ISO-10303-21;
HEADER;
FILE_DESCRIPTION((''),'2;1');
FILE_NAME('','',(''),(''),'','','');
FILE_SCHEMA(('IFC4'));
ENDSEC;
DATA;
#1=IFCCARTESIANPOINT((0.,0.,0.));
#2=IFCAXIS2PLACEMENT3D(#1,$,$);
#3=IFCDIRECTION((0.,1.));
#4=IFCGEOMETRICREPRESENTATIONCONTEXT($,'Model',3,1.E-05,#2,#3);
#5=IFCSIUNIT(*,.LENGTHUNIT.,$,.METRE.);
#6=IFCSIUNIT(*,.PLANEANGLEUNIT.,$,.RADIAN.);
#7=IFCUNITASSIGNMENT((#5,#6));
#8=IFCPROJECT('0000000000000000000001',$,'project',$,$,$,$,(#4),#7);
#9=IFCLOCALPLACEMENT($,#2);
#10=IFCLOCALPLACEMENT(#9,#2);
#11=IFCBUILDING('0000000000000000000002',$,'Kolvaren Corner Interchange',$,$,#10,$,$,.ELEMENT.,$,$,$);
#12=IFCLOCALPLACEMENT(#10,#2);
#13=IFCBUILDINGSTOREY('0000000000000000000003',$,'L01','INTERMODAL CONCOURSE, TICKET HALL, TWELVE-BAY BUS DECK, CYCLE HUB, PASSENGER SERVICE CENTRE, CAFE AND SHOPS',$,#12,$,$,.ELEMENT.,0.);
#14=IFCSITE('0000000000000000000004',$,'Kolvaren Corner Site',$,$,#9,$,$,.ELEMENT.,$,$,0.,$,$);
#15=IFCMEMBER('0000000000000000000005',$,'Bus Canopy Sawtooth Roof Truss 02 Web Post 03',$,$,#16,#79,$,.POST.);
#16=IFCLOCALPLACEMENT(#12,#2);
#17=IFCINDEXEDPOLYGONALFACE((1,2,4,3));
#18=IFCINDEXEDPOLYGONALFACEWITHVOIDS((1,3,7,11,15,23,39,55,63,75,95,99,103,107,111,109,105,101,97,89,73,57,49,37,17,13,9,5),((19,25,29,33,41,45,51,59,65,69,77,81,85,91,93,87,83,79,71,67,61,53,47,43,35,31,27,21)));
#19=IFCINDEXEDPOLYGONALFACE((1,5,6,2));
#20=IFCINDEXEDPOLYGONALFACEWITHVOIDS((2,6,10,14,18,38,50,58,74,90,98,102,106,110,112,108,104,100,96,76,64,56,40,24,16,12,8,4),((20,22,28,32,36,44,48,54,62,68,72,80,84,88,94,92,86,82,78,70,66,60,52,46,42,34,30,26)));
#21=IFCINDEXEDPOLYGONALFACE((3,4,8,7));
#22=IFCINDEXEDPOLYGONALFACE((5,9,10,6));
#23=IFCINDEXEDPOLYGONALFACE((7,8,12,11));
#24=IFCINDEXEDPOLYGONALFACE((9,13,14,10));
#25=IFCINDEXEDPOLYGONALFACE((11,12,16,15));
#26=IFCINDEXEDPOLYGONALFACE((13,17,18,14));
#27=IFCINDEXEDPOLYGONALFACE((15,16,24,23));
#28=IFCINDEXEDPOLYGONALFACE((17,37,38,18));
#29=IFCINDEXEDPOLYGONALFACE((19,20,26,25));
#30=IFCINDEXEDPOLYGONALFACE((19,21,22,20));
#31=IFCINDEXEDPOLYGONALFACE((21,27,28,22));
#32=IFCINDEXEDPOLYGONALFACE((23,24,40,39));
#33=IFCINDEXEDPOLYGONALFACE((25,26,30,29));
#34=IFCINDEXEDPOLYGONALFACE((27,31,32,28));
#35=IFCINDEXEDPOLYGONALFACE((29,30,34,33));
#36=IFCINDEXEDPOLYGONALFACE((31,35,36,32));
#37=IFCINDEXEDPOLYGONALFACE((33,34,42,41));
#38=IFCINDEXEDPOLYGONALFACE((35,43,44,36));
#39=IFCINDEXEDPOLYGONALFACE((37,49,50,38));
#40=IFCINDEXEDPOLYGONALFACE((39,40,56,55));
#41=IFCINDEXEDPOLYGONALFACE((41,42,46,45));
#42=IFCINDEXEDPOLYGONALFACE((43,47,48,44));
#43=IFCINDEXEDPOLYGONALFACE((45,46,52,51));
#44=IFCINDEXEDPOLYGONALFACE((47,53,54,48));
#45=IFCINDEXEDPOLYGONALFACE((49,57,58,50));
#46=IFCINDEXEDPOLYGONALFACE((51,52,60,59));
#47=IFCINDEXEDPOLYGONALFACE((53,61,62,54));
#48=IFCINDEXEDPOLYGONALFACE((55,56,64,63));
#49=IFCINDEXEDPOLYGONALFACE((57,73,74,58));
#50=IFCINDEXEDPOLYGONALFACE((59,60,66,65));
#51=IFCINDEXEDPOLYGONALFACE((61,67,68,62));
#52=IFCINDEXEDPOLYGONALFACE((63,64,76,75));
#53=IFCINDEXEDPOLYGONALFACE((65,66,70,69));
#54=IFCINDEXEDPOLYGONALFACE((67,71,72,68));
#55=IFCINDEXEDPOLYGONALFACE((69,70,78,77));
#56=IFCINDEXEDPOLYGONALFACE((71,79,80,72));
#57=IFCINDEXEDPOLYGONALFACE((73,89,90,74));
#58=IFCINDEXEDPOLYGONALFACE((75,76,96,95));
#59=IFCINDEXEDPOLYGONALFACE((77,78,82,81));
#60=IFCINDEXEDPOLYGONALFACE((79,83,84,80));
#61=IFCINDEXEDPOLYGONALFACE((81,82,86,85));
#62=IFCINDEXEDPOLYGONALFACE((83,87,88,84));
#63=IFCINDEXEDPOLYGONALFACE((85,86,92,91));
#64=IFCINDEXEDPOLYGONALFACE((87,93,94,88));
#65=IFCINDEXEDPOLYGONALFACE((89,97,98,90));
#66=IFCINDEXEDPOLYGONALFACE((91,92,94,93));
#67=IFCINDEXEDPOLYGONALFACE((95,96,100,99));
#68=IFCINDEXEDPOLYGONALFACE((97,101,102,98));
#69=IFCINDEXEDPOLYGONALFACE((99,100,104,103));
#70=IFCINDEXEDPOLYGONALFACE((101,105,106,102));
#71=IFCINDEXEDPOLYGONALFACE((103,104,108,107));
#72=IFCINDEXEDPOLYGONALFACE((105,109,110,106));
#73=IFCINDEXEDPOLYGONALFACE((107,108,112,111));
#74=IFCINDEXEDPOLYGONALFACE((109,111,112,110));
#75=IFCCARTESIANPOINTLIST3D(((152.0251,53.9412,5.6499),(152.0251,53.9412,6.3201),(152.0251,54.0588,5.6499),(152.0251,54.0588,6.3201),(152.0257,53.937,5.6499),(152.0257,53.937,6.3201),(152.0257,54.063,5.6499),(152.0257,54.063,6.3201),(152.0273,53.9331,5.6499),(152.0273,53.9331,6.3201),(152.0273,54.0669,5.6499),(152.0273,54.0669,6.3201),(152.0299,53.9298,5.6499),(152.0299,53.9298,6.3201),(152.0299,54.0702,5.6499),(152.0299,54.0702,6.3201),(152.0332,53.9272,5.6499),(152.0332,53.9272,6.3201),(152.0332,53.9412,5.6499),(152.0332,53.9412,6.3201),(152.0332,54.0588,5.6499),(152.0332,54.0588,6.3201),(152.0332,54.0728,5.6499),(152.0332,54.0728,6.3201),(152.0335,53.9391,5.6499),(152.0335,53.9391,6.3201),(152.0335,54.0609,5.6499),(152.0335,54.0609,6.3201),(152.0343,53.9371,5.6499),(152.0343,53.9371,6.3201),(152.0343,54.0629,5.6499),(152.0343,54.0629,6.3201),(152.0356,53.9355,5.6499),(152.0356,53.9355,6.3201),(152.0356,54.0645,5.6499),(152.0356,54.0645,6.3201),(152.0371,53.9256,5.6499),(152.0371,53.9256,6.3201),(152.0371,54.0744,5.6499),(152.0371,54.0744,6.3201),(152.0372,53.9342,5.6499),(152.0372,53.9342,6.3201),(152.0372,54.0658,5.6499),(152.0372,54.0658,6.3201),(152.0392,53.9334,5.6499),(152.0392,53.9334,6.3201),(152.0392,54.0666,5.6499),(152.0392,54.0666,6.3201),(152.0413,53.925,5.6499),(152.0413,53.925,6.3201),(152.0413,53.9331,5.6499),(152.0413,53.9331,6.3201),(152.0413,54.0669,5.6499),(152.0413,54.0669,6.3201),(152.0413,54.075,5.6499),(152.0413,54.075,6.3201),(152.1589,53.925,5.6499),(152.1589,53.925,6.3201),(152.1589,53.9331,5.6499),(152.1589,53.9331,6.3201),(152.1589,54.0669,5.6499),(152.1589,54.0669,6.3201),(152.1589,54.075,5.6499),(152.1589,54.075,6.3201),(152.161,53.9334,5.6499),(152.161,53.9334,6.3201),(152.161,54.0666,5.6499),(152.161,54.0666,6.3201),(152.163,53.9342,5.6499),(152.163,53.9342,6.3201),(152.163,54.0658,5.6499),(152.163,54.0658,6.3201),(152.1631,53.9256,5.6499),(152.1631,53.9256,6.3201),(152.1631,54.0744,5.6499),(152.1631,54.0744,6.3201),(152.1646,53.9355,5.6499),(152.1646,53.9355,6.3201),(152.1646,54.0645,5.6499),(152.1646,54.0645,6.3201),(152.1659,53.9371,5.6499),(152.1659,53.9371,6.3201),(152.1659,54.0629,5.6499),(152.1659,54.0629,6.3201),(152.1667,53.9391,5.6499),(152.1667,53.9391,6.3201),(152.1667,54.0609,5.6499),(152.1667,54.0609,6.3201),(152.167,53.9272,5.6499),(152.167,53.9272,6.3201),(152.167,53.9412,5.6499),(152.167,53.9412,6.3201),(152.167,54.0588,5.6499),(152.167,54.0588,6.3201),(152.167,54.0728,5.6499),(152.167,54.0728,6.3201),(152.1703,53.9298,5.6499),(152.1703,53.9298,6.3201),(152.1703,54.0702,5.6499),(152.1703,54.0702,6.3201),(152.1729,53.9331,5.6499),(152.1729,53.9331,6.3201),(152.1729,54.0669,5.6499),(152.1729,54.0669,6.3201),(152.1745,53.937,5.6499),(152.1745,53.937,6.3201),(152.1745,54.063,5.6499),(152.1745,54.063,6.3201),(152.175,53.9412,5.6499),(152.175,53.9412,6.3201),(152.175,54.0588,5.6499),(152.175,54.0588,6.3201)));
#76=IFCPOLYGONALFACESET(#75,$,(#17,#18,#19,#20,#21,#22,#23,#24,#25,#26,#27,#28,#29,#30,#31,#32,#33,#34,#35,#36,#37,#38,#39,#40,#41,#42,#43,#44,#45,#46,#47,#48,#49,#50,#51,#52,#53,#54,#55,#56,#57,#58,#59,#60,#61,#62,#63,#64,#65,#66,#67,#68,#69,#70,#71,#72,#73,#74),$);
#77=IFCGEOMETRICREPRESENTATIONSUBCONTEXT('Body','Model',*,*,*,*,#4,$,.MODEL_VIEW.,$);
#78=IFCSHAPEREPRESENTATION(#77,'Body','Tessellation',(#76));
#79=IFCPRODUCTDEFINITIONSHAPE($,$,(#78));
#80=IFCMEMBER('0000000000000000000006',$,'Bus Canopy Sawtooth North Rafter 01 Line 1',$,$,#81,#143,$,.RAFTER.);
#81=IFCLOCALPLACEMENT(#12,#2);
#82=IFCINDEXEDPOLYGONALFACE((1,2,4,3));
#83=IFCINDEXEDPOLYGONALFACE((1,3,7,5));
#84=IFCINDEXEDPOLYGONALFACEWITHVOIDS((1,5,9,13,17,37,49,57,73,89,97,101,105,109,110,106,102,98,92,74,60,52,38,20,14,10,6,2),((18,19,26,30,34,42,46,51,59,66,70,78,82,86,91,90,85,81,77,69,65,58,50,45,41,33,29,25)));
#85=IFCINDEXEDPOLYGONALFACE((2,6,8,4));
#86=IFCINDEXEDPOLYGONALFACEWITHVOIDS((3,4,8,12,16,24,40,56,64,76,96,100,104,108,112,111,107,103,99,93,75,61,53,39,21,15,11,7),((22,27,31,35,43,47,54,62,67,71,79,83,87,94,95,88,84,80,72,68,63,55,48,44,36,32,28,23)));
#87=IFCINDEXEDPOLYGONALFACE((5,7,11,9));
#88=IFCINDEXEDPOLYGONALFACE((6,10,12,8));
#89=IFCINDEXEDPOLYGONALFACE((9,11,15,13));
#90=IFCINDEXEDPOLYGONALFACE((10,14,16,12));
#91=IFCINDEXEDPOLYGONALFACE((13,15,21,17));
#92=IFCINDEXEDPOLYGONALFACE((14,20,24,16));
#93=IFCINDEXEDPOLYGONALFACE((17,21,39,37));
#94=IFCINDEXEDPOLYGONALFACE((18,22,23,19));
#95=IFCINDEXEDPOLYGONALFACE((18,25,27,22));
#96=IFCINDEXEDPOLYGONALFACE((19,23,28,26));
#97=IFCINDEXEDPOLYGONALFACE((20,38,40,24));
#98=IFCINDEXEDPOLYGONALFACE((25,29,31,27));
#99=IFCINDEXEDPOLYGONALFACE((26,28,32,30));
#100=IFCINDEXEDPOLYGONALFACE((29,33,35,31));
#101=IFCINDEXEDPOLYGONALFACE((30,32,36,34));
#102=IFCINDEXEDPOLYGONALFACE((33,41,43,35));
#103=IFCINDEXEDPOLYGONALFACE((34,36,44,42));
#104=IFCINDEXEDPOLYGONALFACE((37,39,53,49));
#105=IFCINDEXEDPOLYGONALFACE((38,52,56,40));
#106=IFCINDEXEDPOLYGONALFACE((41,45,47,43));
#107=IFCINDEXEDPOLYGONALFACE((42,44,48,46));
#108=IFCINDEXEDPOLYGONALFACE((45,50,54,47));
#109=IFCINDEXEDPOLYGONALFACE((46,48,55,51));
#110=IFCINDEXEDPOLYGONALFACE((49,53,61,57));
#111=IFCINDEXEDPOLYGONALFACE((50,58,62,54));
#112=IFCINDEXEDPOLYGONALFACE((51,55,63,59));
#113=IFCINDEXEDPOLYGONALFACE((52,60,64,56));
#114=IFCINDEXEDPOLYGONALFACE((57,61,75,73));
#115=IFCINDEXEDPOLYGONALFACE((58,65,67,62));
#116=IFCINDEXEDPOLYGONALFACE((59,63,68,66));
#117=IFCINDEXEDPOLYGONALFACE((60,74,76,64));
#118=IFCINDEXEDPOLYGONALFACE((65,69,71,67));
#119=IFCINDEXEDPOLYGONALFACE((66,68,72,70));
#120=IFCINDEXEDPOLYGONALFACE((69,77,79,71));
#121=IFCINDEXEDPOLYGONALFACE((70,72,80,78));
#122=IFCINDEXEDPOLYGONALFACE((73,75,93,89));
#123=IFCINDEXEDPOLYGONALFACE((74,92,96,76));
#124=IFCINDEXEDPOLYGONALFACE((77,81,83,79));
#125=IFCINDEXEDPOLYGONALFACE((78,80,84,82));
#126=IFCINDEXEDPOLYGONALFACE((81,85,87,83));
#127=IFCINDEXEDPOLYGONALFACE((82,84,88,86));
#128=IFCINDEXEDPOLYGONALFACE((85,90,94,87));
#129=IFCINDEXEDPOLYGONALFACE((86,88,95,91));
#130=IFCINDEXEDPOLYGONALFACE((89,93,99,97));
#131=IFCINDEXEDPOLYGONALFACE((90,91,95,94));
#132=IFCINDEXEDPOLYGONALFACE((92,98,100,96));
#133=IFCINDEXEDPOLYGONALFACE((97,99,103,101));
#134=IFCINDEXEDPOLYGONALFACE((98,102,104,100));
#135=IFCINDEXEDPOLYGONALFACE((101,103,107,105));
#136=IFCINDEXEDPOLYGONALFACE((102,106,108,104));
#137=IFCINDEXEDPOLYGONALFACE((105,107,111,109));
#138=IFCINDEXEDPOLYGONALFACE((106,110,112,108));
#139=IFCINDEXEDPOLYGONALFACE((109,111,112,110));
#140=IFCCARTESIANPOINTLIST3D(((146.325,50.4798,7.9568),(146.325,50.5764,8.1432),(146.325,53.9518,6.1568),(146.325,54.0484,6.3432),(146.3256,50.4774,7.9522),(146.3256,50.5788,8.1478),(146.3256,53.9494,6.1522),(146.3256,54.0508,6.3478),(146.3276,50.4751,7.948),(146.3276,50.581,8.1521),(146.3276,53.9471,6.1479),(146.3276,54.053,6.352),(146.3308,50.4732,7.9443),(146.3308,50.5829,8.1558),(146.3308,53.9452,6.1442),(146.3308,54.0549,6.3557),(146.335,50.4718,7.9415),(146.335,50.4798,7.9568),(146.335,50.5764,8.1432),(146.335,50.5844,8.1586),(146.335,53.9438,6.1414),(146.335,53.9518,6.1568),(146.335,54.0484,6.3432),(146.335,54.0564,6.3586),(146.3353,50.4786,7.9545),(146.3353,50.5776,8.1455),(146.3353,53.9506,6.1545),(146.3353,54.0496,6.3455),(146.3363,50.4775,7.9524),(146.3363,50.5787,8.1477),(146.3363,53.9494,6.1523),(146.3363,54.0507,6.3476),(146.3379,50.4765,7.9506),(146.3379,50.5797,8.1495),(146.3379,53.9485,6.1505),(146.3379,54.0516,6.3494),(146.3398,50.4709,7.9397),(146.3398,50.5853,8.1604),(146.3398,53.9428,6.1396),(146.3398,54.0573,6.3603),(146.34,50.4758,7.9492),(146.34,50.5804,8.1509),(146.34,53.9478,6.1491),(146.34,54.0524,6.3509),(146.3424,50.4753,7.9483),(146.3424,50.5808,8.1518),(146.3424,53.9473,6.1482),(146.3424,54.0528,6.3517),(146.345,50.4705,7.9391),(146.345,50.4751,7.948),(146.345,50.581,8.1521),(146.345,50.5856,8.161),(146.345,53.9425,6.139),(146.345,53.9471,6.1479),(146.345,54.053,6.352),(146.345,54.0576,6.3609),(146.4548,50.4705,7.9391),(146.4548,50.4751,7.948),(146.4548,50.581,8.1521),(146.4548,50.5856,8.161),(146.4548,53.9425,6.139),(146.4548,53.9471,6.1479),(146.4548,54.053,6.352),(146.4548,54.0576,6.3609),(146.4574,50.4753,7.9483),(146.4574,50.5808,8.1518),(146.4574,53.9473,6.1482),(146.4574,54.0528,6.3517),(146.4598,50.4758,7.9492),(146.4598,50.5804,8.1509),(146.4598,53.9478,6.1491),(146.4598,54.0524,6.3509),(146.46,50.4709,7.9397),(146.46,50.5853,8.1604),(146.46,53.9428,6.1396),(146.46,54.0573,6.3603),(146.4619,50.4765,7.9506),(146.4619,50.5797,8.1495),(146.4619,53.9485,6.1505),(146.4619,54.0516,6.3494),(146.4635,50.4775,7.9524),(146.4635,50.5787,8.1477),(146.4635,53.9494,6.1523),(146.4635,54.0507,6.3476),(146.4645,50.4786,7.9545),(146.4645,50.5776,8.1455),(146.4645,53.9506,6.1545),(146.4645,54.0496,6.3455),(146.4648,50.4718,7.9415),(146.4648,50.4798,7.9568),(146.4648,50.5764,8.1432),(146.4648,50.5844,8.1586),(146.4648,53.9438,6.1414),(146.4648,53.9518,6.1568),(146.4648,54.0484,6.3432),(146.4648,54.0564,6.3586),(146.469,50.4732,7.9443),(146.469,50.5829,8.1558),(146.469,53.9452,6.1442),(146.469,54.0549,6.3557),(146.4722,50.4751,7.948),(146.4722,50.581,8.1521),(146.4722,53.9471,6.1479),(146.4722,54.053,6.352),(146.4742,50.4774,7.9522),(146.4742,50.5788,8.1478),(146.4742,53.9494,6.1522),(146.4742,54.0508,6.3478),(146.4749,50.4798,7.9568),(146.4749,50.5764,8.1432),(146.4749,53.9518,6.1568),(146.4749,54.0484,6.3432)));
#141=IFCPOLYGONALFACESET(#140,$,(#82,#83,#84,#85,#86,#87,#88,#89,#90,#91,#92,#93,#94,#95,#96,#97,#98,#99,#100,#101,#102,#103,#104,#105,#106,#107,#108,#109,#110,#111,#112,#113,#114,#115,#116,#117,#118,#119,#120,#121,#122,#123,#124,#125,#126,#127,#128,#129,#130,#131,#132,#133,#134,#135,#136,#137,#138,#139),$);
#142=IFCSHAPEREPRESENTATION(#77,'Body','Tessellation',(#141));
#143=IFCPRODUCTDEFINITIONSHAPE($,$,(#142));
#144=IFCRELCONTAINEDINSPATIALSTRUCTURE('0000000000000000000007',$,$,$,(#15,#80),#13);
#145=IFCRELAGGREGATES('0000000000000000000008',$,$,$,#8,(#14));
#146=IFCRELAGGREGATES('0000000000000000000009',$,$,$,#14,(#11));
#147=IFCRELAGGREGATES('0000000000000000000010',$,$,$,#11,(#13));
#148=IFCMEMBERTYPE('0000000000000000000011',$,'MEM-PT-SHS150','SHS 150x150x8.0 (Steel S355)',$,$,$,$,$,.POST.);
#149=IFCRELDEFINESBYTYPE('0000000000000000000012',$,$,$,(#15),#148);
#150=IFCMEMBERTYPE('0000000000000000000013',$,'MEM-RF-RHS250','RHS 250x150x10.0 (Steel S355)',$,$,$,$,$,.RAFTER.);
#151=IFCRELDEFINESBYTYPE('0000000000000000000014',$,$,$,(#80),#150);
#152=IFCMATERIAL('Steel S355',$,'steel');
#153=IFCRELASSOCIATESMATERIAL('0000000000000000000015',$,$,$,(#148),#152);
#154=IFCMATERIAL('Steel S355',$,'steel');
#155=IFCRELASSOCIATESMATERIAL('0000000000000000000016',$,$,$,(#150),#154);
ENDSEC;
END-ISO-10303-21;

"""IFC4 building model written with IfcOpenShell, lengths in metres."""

from ifc_helpers import new_model, si_unit, direction, frame, origin, origin_2d, place, context, subcontext, project, spatial, hollow_rectangle, extrude, material, material_profile, profile_set, type_object, element, save


model = new_model("IFC4")

# Units and contexts
model_context = context("Model", 3, precision=1e-05, world=origin(), true_north=direction((0.0, 1.0)))
body_context = subcontext(model_context, "Body", "Model", "MODEL_VIEW")
ifc_project = project(units=[si_unit("LENGTHUNIT", "METRE"), si_unit("PLANEANGLEUNIT", "RADIAN")], contexts=[model_context])

# Site, building, storey
site_placement = place(None, origin())
site = spatial("IfcSite", under=ifc_project, at=site_placement, Name="Kolvaren Corner Site", CompositionType="ELEMENT", RefElevation=0.0)
building_placement = place(site_placement, origin())
building = spatial("IfcBuilding", under=site, at=building_placement, Name="Kolvaren Corner Interchange", CompositionType="ELEMENT")
storey_placement = place(building_placement, origin())
storey = spatial("IfcBuildingStorey", under=building, at=storey_placement, Name="L01", Description="INTERMODAL CONCOURSE, TICKET HALL, TWELVE-BAY BUS DECK, CYCLE HUB, PASSENGER SERVICE CENTRE, CAFE AND SHOPS", CompositionType="ELEMENT", Elevation=0.0)

# Members
ifc_material_1 = material(Name="Steel S355", Category="steel")
ifc_material_profile_1 = material_profile(ifc_material_1, hollow_rectangle(XDim=0.1499, YDim=0.1499, WallThickness=0.0081, InnerFilletRadius=0.0081, OuterFilletRadius=0.0161, at=origin_2d()), Name="SHS 150x150x8.0")
ifc_profile_set_1 = profile_set([ifc_material_profile_1], Name="Steel S355")
member_type_1 = type_object("IfcMemberType", Name="MEM-PT-SHS150", Description="SHS 150x150x8.0 (Steel S355)", PredefinedType="POST", material=ifc_profile_set_1)
for number, where, z_axis, x_axis, name in (
    (1, (152.1001, 54.0, 5.6499), (0.0, 0.0, 1.0), (1.0, 0.0, 0.0), "Bus Canopy Sawtooth Roof Truss 02 Web Post 03"),
):
    element("IfcMember", number, at=place(storey_placement, frame(where, z_axis=z_axis, x_axis=x_axis)), inside=storey, type_object=member_type_1, Name=name, PredefinedType="POST", context=body_context, shape_type="SweptSolid", body=[
        extrude(hollow_rectangle(XDim=0.1499, YDim=0.1499, WallThickness=0.0081, InnerFilletRadius=0.0081, OuterFilletRadius=0.0161, at=origin_2d()), origin(), (0.0, 0.0, 1.0), 0.6702),
    ])
ifc_material_2 = material(Name="Steel S355", Category="steel")
ifc_material_profile_2 = material_profile(ifc_material_2, hollow_rectangle(XDim=0.1499, YDim=0.25, WallThickness=0.01, InnerFilletRadius=0.01, OuterFilletRadius=0.02, at=origin_2d()), Name="RHS 250x150x10.0")
ifc_profile_set_2 = profile_set([ifc_material_profile_2], Name="Steel S355")
member_type_2 = type_object("IfcMemberType", Name="MEM-RF-RHS250", Description="RHS 250x150x10.0 (Steel S355)", PredefinedType="RAFTER", material=ifc_profile_set_2)
member_1_placement = place(storey_placement, frame((146.3999, 50.5281, 8.05), z_axis=(0.0, 0.887776, -0.460275), x_axis=(-1.0, 0.0, 0.0)))
element("IfcMember", 2, at=member_1_placement, inside=storey, type_object=member_type_2, Name="Bus Canopy Sawtooth North Rafter 01 Line 1", PredefinedType="RAFTER", context=body_context, shape_type="SweptSolid", body=[
    extrude(hollow_rectangle(XDim=0.1499, YDim=0.25, WallThickness=0.01, InnerFilletRadius=0.01, OuterFilletRadius=0.02, at=origin_2d()), origin(), (0.0, 0.0, 1.0), 3.9109),
])

save(model, "model.ifc")
